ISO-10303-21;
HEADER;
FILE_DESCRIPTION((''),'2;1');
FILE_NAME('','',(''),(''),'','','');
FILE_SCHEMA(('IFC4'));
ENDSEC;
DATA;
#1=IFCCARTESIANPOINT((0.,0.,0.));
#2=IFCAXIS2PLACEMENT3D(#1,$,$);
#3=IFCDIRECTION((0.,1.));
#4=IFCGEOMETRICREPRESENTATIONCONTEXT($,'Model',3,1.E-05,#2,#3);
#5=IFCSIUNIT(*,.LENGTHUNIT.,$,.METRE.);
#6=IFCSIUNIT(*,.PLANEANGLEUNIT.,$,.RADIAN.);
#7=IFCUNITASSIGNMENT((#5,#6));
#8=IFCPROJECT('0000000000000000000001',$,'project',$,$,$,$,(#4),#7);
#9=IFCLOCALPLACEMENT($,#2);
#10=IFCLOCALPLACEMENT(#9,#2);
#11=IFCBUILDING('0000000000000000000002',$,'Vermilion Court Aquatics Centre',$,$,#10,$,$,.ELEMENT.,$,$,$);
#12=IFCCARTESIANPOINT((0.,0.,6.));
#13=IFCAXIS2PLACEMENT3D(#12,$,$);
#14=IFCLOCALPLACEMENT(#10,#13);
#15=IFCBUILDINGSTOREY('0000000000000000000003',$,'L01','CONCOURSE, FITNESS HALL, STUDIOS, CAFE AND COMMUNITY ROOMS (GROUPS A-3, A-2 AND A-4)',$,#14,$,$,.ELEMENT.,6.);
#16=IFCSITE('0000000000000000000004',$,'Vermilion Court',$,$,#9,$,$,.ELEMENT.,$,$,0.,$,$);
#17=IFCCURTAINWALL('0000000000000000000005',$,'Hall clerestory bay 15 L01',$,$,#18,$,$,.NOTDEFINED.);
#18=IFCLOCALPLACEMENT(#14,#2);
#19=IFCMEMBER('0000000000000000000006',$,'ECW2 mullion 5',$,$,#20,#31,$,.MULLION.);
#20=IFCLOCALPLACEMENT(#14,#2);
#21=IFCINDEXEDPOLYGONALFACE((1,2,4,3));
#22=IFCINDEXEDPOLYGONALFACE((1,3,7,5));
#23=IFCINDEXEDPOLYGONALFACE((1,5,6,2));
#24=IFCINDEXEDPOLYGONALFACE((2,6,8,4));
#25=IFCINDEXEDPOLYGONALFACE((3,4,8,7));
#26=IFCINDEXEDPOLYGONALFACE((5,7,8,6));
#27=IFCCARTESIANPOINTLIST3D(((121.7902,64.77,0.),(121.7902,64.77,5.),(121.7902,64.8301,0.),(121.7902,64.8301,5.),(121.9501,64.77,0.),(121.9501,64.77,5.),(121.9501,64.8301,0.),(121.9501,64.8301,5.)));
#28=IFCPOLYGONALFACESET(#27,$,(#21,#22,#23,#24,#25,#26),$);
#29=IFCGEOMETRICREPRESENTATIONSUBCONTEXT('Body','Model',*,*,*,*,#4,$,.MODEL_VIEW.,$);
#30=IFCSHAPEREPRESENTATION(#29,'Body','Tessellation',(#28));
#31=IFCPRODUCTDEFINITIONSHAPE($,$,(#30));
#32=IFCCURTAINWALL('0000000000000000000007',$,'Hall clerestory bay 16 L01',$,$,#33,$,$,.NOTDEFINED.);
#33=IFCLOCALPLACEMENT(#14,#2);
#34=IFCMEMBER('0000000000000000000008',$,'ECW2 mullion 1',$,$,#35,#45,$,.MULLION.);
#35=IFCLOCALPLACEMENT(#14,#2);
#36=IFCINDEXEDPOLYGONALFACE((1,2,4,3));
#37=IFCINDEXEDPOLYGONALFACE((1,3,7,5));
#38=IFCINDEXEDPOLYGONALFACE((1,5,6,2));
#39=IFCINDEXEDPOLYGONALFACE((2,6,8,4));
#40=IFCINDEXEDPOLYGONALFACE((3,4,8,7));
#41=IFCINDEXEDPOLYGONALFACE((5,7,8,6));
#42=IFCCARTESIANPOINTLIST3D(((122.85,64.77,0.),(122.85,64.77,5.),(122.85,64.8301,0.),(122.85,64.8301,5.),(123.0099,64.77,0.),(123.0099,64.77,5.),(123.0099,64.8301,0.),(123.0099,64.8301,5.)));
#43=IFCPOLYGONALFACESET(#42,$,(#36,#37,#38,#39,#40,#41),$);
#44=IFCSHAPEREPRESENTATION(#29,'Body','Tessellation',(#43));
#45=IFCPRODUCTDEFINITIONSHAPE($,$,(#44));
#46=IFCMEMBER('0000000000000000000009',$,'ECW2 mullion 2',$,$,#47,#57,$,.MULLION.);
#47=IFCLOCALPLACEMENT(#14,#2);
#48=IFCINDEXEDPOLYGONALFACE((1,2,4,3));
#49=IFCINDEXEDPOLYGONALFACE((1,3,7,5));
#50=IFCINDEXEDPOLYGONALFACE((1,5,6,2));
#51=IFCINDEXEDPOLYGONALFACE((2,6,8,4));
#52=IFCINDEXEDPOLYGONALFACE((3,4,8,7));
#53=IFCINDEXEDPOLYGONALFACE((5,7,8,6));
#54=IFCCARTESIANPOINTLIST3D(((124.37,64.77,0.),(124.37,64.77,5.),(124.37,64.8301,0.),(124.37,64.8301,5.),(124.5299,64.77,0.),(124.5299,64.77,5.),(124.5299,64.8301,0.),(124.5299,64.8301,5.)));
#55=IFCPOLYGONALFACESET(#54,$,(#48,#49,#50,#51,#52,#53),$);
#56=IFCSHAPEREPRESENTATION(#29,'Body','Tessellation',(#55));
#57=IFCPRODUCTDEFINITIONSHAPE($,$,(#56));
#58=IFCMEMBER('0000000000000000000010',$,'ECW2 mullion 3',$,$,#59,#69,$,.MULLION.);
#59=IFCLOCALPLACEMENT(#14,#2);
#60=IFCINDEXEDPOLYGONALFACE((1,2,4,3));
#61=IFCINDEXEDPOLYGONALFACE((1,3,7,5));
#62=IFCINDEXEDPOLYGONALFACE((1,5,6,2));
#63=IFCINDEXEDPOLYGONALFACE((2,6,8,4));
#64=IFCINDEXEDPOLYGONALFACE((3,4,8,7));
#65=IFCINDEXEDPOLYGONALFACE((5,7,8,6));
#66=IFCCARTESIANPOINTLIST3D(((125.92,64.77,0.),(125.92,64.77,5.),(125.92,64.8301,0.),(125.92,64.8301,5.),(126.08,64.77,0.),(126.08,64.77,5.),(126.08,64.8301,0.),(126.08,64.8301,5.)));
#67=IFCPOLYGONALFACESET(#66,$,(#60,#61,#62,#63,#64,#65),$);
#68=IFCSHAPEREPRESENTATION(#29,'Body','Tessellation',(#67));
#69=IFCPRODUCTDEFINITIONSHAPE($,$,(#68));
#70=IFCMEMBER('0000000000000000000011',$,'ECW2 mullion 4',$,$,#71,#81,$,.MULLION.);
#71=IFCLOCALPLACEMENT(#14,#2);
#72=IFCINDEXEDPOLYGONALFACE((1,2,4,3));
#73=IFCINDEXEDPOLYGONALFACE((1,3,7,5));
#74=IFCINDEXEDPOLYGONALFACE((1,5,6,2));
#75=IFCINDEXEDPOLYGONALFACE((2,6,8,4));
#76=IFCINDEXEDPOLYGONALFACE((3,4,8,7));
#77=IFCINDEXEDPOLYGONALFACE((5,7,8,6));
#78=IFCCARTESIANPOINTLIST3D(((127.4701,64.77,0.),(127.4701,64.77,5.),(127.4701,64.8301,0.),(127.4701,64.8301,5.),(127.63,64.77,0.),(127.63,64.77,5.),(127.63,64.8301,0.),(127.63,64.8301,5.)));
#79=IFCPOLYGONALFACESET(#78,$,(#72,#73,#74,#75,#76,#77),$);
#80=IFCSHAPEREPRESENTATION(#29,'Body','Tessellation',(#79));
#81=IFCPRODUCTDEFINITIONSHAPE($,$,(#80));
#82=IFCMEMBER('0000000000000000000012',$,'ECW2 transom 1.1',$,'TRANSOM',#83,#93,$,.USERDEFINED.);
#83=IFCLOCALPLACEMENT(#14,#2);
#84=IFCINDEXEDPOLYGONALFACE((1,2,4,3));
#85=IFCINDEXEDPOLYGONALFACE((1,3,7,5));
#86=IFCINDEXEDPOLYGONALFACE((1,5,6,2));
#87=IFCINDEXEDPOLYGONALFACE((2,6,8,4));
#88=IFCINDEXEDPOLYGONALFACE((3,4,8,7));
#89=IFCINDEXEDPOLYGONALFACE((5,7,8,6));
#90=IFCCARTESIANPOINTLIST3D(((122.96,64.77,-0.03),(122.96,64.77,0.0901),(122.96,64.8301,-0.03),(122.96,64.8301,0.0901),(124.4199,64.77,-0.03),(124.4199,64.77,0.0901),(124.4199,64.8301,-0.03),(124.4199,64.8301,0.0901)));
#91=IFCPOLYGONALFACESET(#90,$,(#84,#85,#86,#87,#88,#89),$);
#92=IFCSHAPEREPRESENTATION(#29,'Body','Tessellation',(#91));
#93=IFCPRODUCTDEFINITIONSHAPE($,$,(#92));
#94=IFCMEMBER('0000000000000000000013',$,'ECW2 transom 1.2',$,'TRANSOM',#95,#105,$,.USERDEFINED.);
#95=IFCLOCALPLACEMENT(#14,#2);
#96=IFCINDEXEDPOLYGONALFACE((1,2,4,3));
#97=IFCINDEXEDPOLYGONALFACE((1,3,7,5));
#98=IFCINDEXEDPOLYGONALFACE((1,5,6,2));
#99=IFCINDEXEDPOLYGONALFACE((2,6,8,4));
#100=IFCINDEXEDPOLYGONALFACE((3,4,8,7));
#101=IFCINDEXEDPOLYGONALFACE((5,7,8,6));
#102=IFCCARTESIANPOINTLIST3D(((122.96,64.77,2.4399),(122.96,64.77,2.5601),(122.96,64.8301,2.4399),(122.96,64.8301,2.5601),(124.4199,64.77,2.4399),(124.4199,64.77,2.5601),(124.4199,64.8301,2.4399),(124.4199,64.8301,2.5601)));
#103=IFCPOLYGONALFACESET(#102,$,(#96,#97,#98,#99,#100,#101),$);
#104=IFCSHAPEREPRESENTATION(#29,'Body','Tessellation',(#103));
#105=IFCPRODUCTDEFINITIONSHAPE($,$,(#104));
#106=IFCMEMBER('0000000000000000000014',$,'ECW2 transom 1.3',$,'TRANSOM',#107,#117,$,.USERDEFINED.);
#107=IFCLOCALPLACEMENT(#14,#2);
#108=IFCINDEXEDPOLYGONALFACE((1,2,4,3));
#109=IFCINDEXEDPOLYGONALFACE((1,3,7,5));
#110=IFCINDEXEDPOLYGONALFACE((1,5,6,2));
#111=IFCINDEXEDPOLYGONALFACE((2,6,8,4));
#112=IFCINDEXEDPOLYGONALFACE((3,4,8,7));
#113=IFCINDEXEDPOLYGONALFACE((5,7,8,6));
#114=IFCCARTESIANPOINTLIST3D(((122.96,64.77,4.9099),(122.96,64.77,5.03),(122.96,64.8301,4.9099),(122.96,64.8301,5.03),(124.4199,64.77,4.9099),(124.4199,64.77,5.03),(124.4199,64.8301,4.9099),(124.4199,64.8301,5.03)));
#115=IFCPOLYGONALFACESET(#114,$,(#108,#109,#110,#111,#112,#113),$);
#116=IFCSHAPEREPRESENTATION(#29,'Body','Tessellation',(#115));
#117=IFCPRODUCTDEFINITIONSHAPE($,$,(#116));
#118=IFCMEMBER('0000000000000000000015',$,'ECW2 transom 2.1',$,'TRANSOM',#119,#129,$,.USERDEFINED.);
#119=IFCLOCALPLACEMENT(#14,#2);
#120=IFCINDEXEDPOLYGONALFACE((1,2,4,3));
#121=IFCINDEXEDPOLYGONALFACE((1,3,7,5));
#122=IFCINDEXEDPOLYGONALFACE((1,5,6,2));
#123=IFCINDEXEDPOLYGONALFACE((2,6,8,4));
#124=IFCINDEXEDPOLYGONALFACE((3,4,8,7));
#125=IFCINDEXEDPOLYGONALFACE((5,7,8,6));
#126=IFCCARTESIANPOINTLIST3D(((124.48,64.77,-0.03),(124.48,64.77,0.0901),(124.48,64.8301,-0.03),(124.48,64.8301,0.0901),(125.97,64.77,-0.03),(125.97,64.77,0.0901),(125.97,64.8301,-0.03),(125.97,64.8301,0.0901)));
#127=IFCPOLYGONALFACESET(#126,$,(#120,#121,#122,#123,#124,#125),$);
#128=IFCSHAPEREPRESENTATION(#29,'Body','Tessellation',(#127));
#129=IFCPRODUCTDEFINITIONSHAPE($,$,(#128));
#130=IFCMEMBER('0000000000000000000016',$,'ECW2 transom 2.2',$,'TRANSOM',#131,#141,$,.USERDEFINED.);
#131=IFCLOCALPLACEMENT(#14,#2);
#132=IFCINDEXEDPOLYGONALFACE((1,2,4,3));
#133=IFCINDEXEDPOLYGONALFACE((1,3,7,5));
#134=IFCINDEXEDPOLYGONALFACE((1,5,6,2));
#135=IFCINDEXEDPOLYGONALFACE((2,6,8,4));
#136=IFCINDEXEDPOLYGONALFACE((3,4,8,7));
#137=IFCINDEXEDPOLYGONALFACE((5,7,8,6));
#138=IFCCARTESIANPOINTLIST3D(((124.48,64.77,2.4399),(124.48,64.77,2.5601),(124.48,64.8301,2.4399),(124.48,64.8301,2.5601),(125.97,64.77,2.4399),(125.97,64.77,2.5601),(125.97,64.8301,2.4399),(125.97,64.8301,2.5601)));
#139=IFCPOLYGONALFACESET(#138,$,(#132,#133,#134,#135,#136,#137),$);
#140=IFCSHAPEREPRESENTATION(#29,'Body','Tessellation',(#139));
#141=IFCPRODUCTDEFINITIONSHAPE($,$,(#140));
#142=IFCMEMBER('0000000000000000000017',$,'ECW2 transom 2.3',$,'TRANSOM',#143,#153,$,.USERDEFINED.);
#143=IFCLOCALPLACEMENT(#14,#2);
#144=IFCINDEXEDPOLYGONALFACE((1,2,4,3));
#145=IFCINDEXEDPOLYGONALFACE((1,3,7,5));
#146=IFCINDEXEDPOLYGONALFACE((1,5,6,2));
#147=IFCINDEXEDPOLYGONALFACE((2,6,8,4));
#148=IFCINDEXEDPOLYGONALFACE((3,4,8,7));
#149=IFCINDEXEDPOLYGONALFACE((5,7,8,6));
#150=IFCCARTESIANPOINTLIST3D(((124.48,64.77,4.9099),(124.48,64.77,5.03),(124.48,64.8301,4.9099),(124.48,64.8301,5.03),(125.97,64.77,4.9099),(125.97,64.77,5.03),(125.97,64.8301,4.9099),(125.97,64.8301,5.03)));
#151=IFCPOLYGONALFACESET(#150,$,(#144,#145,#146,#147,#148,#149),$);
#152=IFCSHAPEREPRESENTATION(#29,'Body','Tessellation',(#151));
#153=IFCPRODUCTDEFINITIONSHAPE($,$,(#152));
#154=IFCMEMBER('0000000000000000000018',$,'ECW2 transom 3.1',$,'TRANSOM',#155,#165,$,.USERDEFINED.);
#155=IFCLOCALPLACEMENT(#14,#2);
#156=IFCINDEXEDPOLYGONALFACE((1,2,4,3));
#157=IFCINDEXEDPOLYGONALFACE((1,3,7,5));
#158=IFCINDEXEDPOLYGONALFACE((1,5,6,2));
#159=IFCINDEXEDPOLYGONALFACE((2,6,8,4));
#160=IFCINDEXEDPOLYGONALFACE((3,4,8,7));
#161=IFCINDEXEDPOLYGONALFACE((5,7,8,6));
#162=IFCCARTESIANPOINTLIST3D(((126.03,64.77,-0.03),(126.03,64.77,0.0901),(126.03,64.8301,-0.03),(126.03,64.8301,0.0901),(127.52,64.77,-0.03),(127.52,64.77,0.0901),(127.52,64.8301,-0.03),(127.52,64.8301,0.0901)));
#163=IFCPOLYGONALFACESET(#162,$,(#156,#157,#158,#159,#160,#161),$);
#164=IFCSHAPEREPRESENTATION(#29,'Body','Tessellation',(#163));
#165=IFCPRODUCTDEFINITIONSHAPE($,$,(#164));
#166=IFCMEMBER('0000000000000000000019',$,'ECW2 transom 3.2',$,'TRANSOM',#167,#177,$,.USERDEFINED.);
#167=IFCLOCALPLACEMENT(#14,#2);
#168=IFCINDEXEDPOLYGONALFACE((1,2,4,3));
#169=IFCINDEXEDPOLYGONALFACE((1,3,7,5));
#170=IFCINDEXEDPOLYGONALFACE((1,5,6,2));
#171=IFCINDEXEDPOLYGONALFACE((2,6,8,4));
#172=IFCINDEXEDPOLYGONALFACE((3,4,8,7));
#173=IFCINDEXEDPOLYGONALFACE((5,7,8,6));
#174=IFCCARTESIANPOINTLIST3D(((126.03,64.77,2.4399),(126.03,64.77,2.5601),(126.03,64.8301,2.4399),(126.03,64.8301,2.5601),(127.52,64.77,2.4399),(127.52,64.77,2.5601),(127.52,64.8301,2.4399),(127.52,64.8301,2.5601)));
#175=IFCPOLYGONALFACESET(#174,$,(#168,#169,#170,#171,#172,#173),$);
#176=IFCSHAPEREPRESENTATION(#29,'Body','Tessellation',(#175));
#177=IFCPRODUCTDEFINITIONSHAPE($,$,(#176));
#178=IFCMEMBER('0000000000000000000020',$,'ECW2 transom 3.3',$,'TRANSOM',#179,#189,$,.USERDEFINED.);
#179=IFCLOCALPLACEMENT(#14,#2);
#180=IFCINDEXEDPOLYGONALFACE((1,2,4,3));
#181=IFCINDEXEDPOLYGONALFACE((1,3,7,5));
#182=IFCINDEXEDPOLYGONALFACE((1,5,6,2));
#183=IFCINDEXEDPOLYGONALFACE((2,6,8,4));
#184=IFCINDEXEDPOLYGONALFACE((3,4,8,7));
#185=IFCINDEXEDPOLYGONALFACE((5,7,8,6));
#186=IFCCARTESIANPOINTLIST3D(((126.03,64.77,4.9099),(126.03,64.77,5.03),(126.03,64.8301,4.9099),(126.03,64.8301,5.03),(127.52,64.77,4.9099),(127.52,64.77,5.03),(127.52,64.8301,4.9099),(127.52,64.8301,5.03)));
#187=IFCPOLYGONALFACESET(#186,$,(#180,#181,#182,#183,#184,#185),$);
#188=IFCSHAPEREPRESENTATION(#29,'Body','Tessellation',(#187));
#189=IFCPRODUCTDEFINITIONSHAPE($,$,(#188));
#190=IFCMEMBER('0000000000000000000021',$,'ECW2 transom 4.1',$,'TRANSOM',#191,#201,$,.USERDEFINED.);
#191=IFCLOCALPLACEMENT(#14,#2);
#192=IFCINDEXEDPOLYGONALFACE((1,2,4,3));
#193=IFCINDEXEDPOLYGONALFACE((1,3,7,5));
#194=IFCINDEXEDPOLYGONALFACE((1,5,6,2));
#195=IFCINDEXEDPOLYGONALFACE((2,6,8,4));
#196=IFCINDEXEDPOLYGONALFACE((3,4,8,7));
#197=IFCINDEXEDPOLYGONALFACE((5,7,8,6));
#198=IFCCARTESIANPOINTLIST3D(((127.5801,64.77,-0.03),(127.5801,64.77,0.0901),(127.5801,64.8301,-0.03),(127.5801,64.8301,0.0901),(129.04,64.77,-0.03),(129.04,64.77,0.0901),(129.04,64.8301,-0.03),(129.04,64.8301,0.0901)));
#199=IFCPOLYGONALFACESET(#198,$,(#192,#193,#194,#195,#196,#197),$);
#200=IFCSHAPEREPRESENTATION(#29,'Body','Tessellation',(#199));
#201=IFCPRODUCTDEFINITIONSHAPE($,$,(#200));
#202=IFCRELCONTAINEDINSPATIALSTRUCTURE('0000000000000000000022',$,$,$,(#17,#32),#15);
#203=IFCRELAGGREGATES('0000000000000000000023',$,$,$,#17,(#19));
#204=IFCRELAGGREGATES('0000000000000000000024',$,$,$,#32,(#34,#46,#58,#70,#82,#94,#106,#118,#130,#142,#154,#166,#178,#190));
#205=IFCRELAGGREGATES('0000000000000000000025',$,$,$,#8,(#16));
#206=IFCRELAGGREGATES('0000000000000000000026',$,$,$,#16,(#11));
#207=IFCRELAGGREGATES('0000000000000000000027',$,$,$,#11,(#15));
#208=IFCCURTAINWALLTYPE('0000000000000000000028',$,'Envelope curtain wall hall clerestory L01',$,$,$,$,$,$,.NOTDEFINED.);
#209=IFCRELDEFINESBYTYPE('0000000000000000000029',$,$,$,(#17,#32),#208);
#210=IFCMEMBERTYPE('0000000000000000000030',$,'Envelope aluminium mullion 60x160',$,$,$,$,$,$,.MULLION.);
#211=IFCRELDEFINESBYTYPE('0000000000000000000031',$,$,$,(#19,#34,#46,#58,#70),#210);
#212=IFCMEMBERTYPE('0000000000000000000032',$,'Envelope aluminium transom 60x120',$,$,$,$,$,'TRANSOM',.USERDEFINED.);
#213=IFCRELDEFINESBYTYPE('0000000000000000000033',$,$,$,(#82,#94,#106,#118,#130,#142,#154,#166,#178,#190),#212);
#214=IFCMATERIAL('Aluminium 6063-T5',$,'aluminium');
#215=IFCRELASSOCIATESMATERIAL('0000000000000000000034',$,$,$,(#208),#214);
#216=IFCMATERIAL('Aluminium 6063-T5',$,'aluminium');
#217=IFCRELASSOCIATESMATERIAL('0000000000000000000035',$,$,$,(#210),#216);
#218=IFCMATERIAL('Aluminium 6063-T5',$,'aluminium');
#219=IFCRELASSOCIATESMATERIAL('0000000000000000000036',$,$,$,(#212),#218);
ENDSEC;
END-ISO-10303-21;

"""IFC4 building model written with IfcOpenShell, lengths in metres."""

from ifc_helpers import new_model, si_unit, direction, frame, origin, origin_2d, place, context, subcontext, project, spatial, rectangle, extrude, material, material_profile, profile_set, type_object, element, aggregate, save


model = new_model("IFC4")

# Units and contexts
model_context = context("Model", 3, precision=1e-05, world=origin(), true_north=direction((0.0, 1.0)))
body_context = subcontext(model_context, "Body", "Model", "MODEL_VIEW")
ifc_project = project(units=[si_unit("LENGTHUNIT", "METRE"), si_unit("PLANEANGLEUNIT", "RADIAN")], contexts=[model_context])

# Site, building, storey
site_placement = place(None, origin())
site = spatial("IfcSite", under=ifc_project, at=site_placement, Name="Vermilion Court", CompositionType="ELEMENT", RefElevation=0.0)
building_placement = place(site_placement, origin())
building = spatial("IfcBuilding", under=site, at=building_placement, Name="Vermilion Court Aquatics Centre", CompositionType="ELEMENT")
storey_placement = place(building_placement, frame((0.0, 0.0, 6.0)))
storey = spatial("IfcBuildingStorey", under=building, at=storey_placement, Name="L01", Description="CONCOURSE, FITNESS HALL, STUDIOS, CAFE AND COMMUNITY ROOMS (GROUPS A-3, A-2 AND A-4)", CompositionType="ELEMENT", Elevation=6.0)

# Curtain wall, member
ifc_material_1 = material(Name="Aluminium 6063-T5", Category="aluminium")
curtain_wall_type = type_object("IfcCurtainWallType", Name="Envelope curtain wall hall clerestory L01", PredefinedType="NOTDEFINED", material=ifc_material_1)
curtain_wall_1_placement = place(storey_placement, origin())
curtain_wall_1 = element("IfcCurtainWall", 1, at=curtain_wall_1_placement, inside=storey, type_object=curtain_wall_type, Name="Hall clerestory bay 15 L01", PredefinedType="NOTDEFINED")
ifc_material_2 = material(Name="Aluminium 6063-T5", Category="aluminium")
ifc_material_profile_1 = material_profile(ifc_material_2, rectangle(XDim=0.0601, YDim=0.1599, at=origin_2d()), Name="AL 60x160")
ifc_profile_set_1 = profile_set([ifc_material_profile_1], Name="Aluminium 6063-T5")
member_type_1 = type_object("IfcMemberType", Name="Envelope aluminium mullion 60x160", PredefinedType="MULLION", material=ifc_profile_set_1)
member_1_placement = place(storey_placement, frame((121.8701, 64.8, 0.0), z_axis=(0.0, 0.0, 1.0), x_axis=(0.0, 1.0, 0.0)))
member_1 = element("IfcMember", 2, at=member_1_placement, type_object=member_type_1, Name="ECW2 mullion 5", PredefinedType="MULLION", context=body_context, shape_type="SweptSolid", body=[
    extrude(rectangle(XDim=0.0601, YDim=0.1599, at=origin_2d()), origin(), (0.0, 0.0, 1.0), 5.0),
])

# Curtain wall, members
curtain_wall_2_placement = place(storey_placement, origin())
curtain_wall_2 = element("IfcCurtainWall", 3, at=curtain_wall_2_placement, inside=storey, type_object=curtain_wall_type, Name="Hall clerestory bay 16 L01", PredefinedType="NOTDEFINED")
member_2_placement = place(storey_placement, frame((122.9299, 64.8, 0.0), z_axis=(0.0, 0.0, 1.0), x_axis=(0.0, 1.0, 0.0)))
member_2 = element("IfcMember", 4, at=member_2_placement, type_object=member_type_1, Name="ECW2 mullion 1", PredefinedType="MULLION", context=body_context, shape_type="SweptSolid", body=[
    extrude(rectangle(XDim=0.0601, YDim=0.1599, at=origin_2d()), origin(), (0.0, 0.0, 1.0), 5.0),
])
member_3_placement = place(storey_placement, frame((124.45, 64.8, 0.0), z_axis=(0.0, 0.0, 1.0), x_axis=(0.0, 1.0, 0.0)))
member_3 = element("IfcMember", 5, at=member_3_placement, type_object=member_type_1, Name="ECW2 mullion 2", PredefinedType="MULLION", context=body_context, shape_type="SweptSolid", body=[
    extrude(rectangle(XDim=0.0601, YDim=0.1599, at=origin_2d()), origin(), (0.0, 0.0, 1.0), 5.0),
])
member_4_placement = place(storey_placement, frame((126.0, 64.8, 0.0), z_axis=(0.0, 0.0, 1.0), x_axis=(0.0, 1.0, 0.0)))
member_4 = element("IfcMember", 6, at=member_4_placement, type_object=member_type_1, Name="ECW2 mullion 3", PredefinedType="MULLION", context=body_context, shape_type="SweptSolid", body=[
    extrude(rectangle(XDim=0.0601, YDim=0.1599, at=origin_2d()), origin(), (0.0, 0.0, 1.0), 5.0),
])
member_5_placement = place(storey_placement, frame((127.55, 64.8, 0.0), z_axis=(0.0, 0.0, 1.0), x_axis=(0.0, 1.0, 0.0)))
member_5 = element("IfcMember", 7, at=member_5_placement, type_object=member_type_1, Name="ECW2 mullion 4", PredefinedType="MULLION", context=body_context, shape_type="SweptSolid", body=[
    extrude(rectangle(XDim=0.0601, YDim=0.1599, at=origin_2d()), origin(), (0.0, 0.0, 1.0), 5.0),
])
ifc_material_3 = material(Name="Aluminium 6063-T5", Category="aluminium")
ifc_material_profile_2 = material_profile(ifc_material_3, rectangle(XDim=0.0601, YDim=0.1201, at=origin_2d()), Name="AL 60x120")
ifc_profile_set_2 = profile_set([ifc_material_profile_2], Name="Aluminium 6063-T5")
member_type_2 = type_object("IfcMemberType", Name="Envelope aluminium transom 60x120", ElementType="TRANSOM", PredefinedType="USERDEFINED", material=ifc_profile_set_2)
member_6_placement = place(storey_placement, frame((122.96, 64.8, 0.03), z_axis=(1.0, 0.0, 0.0), x_axis=(0.0, 1.0, 0.0)))
member_6 = element("IfcMember", 8, at=member_6_placement, type_object=member_type_2, Name="ECW2 transom 1.1", ObjectType="TRANSOM", PredefinedType="USERDEFINED", context=body_context, shape_type="SweptSolid", body=[
    extrude(rectangle(XDim=0.0601, YDim=0.1201, at=origin_2d()), origin(), (0.0, 0.0, 1.0), 1.46),
])
member_7_placement = place(storey_placement, frame((122.96, 64.8, 2.5), z_axis=(1.0, 0.0, 0.0), x_axis=(0.0, 1.0, 0.0)))
member_7 = element("IfcMember", 9, at=member_7_placement, type_object=member_type_2, Name="ECW2 transom 1.2", ObjectType="TRANSOM", PredefinedType="USERDEFINED", context=body_context, shape_type="SweptSolid", body=[
    extrude(rectangle(XDim=0.0601, YDim=0.1201, at=origin_2d()), origin(), (0.0, 0.0, 1.0), 1.46),
])
member_8_placement = place(storey_placement, frame((122.96, 64.8, 4.97), z_axis=(1.0, 0.0, 0.0), x_axis=(0.0, 1.0, 0.0)))
member_8 = element("IfcMember", 10, at=member_8_placement, type_object=member_type_2, Name="ECW2 transom 1.3", ObjectType="TRANSOM", PredefinedType="USERDEFINED", context=body_context, shape_type="SweptSolid", body=[
    extrude(rectangle(XDim=0.0601, YDim=0.1201, at=origin_2d()), origin(), (0.0, 0.0, 1.0), 1.46),
])
member_9_placement = place(storey_placement, frame((124.48, 64.8, 0.03), z_axis=(1.0, 0.0, 0.0), x_axis=(0.0, 1.0, 0.0)))
member_9 = element("IfcMember", 11, at=member_9_placement, type_object=member_type_2, Name="ECW2 transom 2.1", ObjectType="TRANSOM", PredefinedType="USERDEFINED", context=body_context, shape_type="SweptSolid", body=[
    extrude(rectangle(XDim=0.0601, YDim=0.1201, at=origin_2d()), origin(), (0.0, 0.0, 1.0), 1.49),
])
member_10_placement = place(storey_placement, frame((124.48, 64.8, 2.5), z_axis=(1.0, 0.0, 0.0), x_axis=(0.0, 1.0, 0.0)))
member_10 = element("IfcMember", 12, at=member_10_placement, type_object=member_type_2, Name="ECW2 transom 2.2", ObjectType="TRANSOM", PredefinedType="USERDEFINED", context=body_context, shape_type="SweptSolid", body=[
    extrude(rectangle(XDim=0.0601, YDim=0.1201, at=origin_2d()), origin(), (0.0, 0.0, 1.0), 1.49),
])
member_11_placement = place(storey_placement, frame((124.48, 64.8, 4.97), z_axis=(1.0, 0.0, 0.0), x_axis=(0.0, 1.0, 0.0)))
member_11 = element("IfcMember", 13, at=member_11_placement, type_object=member_type_2, Name="ECW2 transom 2.3", ObjectType="TRANSOM", PredefinedType="USERDEFINED", context=body_context, shape_type="SweptSolid", body=[
    extrude(rectangle(XDim=0.0601, YDim=0.1201, at=origin_2d()), origin(), (0.0, 0.0, 1.0), 1.49),
])
member_12_placement = place(storey_placement, frame((126.03, 64.8, 0.03), z_axis=(1.0, 0.0, 0.0), x_axis=(0.0, 1.0, 0.0)))
member_12 = element("IfcMember", 14, at=member_12_placement, type_object=member_type_2, Name="ECW2 transom 3.1", ObjectType="TRANSOM", PredefinedType="USERDEFINED", context=body_context, shape_type="SweptSolid", body=[
    extrude(rectangle(XDim=0.0601, YDim=0.1201, at=origin_2d()), origin(), (0.0, 0.0, 1.0), 1.49),
])
member_13_placement = place(storey_placement, frame((126.03, 64.8, 2.5), z_axis=(1.0, 0.0, 0.0), x_axis=(0.0, 1.0, 0.0)))
member_13 = element("IfcMember", 15, at=member_13_placement, type_object=member_type_2, Name="ECW2 transom 3.2", ObjectType="TRANSOM", PredefinedType="USERDEFINED", context=body_context, shape_type="SweptSolid", body=[
    extrude(rectangle(XDim=0.0601, YDim=0.1201, at=origin_2d()), origin(), (0.0, 0.0, 1.0), 1.49),
])
member_14_placement = place(storey_placement, frame((126.03, 64.8, 4.97), z_axis=(1.0, 0.0, 0.0), x_axis=(0.0, 1.0, 0.0)))
member_14 = element("IfcMember", 16, at=member_14_placement, type_object=member_type_2, Name="ECW2 transom 3.3", ObjectType="TRANSOM", PredefinedType="USERDEFINED", context=body_context, shape_type="SweptSolid", body=[
    extrude(rectangle(XDim=0.0601, YDim=0.1201, at=origin_2d()), origin(), (0.0, 0.0, 1.0), 1.49),
])
member_15_placement = place(storey_placement, frame((127.5801, 64.8, 0.03), z_axis=(1.0, 0.0, 0.0), x_axis=(0.0, 1.0, 0.0)))
member_15 = element("IfcMember", 17, at=member_15_placement, type_object=member_type_2, Name="ECW2 transom 4.1", ObjectType="TRANSOM", PredefinedType="USERDEFINED", context=body_context, shape_type="SweptSolid", body=[
    extrude(rectangle(XDim=0.0601, YDim=0.1201, at=origin_2d()), origin(), (0.0, 0.0, 1.0), 1.46),
])

aggregate(curtain_wall_1, [member_1])
aggregate(curtain_wall_2, [member_2, member_3, member_4, member_5, member_6, member_7, member_8, member_9, member_10, member_11, member_12, member_13, member_14, member_15])

save(model, "model.ifc")
